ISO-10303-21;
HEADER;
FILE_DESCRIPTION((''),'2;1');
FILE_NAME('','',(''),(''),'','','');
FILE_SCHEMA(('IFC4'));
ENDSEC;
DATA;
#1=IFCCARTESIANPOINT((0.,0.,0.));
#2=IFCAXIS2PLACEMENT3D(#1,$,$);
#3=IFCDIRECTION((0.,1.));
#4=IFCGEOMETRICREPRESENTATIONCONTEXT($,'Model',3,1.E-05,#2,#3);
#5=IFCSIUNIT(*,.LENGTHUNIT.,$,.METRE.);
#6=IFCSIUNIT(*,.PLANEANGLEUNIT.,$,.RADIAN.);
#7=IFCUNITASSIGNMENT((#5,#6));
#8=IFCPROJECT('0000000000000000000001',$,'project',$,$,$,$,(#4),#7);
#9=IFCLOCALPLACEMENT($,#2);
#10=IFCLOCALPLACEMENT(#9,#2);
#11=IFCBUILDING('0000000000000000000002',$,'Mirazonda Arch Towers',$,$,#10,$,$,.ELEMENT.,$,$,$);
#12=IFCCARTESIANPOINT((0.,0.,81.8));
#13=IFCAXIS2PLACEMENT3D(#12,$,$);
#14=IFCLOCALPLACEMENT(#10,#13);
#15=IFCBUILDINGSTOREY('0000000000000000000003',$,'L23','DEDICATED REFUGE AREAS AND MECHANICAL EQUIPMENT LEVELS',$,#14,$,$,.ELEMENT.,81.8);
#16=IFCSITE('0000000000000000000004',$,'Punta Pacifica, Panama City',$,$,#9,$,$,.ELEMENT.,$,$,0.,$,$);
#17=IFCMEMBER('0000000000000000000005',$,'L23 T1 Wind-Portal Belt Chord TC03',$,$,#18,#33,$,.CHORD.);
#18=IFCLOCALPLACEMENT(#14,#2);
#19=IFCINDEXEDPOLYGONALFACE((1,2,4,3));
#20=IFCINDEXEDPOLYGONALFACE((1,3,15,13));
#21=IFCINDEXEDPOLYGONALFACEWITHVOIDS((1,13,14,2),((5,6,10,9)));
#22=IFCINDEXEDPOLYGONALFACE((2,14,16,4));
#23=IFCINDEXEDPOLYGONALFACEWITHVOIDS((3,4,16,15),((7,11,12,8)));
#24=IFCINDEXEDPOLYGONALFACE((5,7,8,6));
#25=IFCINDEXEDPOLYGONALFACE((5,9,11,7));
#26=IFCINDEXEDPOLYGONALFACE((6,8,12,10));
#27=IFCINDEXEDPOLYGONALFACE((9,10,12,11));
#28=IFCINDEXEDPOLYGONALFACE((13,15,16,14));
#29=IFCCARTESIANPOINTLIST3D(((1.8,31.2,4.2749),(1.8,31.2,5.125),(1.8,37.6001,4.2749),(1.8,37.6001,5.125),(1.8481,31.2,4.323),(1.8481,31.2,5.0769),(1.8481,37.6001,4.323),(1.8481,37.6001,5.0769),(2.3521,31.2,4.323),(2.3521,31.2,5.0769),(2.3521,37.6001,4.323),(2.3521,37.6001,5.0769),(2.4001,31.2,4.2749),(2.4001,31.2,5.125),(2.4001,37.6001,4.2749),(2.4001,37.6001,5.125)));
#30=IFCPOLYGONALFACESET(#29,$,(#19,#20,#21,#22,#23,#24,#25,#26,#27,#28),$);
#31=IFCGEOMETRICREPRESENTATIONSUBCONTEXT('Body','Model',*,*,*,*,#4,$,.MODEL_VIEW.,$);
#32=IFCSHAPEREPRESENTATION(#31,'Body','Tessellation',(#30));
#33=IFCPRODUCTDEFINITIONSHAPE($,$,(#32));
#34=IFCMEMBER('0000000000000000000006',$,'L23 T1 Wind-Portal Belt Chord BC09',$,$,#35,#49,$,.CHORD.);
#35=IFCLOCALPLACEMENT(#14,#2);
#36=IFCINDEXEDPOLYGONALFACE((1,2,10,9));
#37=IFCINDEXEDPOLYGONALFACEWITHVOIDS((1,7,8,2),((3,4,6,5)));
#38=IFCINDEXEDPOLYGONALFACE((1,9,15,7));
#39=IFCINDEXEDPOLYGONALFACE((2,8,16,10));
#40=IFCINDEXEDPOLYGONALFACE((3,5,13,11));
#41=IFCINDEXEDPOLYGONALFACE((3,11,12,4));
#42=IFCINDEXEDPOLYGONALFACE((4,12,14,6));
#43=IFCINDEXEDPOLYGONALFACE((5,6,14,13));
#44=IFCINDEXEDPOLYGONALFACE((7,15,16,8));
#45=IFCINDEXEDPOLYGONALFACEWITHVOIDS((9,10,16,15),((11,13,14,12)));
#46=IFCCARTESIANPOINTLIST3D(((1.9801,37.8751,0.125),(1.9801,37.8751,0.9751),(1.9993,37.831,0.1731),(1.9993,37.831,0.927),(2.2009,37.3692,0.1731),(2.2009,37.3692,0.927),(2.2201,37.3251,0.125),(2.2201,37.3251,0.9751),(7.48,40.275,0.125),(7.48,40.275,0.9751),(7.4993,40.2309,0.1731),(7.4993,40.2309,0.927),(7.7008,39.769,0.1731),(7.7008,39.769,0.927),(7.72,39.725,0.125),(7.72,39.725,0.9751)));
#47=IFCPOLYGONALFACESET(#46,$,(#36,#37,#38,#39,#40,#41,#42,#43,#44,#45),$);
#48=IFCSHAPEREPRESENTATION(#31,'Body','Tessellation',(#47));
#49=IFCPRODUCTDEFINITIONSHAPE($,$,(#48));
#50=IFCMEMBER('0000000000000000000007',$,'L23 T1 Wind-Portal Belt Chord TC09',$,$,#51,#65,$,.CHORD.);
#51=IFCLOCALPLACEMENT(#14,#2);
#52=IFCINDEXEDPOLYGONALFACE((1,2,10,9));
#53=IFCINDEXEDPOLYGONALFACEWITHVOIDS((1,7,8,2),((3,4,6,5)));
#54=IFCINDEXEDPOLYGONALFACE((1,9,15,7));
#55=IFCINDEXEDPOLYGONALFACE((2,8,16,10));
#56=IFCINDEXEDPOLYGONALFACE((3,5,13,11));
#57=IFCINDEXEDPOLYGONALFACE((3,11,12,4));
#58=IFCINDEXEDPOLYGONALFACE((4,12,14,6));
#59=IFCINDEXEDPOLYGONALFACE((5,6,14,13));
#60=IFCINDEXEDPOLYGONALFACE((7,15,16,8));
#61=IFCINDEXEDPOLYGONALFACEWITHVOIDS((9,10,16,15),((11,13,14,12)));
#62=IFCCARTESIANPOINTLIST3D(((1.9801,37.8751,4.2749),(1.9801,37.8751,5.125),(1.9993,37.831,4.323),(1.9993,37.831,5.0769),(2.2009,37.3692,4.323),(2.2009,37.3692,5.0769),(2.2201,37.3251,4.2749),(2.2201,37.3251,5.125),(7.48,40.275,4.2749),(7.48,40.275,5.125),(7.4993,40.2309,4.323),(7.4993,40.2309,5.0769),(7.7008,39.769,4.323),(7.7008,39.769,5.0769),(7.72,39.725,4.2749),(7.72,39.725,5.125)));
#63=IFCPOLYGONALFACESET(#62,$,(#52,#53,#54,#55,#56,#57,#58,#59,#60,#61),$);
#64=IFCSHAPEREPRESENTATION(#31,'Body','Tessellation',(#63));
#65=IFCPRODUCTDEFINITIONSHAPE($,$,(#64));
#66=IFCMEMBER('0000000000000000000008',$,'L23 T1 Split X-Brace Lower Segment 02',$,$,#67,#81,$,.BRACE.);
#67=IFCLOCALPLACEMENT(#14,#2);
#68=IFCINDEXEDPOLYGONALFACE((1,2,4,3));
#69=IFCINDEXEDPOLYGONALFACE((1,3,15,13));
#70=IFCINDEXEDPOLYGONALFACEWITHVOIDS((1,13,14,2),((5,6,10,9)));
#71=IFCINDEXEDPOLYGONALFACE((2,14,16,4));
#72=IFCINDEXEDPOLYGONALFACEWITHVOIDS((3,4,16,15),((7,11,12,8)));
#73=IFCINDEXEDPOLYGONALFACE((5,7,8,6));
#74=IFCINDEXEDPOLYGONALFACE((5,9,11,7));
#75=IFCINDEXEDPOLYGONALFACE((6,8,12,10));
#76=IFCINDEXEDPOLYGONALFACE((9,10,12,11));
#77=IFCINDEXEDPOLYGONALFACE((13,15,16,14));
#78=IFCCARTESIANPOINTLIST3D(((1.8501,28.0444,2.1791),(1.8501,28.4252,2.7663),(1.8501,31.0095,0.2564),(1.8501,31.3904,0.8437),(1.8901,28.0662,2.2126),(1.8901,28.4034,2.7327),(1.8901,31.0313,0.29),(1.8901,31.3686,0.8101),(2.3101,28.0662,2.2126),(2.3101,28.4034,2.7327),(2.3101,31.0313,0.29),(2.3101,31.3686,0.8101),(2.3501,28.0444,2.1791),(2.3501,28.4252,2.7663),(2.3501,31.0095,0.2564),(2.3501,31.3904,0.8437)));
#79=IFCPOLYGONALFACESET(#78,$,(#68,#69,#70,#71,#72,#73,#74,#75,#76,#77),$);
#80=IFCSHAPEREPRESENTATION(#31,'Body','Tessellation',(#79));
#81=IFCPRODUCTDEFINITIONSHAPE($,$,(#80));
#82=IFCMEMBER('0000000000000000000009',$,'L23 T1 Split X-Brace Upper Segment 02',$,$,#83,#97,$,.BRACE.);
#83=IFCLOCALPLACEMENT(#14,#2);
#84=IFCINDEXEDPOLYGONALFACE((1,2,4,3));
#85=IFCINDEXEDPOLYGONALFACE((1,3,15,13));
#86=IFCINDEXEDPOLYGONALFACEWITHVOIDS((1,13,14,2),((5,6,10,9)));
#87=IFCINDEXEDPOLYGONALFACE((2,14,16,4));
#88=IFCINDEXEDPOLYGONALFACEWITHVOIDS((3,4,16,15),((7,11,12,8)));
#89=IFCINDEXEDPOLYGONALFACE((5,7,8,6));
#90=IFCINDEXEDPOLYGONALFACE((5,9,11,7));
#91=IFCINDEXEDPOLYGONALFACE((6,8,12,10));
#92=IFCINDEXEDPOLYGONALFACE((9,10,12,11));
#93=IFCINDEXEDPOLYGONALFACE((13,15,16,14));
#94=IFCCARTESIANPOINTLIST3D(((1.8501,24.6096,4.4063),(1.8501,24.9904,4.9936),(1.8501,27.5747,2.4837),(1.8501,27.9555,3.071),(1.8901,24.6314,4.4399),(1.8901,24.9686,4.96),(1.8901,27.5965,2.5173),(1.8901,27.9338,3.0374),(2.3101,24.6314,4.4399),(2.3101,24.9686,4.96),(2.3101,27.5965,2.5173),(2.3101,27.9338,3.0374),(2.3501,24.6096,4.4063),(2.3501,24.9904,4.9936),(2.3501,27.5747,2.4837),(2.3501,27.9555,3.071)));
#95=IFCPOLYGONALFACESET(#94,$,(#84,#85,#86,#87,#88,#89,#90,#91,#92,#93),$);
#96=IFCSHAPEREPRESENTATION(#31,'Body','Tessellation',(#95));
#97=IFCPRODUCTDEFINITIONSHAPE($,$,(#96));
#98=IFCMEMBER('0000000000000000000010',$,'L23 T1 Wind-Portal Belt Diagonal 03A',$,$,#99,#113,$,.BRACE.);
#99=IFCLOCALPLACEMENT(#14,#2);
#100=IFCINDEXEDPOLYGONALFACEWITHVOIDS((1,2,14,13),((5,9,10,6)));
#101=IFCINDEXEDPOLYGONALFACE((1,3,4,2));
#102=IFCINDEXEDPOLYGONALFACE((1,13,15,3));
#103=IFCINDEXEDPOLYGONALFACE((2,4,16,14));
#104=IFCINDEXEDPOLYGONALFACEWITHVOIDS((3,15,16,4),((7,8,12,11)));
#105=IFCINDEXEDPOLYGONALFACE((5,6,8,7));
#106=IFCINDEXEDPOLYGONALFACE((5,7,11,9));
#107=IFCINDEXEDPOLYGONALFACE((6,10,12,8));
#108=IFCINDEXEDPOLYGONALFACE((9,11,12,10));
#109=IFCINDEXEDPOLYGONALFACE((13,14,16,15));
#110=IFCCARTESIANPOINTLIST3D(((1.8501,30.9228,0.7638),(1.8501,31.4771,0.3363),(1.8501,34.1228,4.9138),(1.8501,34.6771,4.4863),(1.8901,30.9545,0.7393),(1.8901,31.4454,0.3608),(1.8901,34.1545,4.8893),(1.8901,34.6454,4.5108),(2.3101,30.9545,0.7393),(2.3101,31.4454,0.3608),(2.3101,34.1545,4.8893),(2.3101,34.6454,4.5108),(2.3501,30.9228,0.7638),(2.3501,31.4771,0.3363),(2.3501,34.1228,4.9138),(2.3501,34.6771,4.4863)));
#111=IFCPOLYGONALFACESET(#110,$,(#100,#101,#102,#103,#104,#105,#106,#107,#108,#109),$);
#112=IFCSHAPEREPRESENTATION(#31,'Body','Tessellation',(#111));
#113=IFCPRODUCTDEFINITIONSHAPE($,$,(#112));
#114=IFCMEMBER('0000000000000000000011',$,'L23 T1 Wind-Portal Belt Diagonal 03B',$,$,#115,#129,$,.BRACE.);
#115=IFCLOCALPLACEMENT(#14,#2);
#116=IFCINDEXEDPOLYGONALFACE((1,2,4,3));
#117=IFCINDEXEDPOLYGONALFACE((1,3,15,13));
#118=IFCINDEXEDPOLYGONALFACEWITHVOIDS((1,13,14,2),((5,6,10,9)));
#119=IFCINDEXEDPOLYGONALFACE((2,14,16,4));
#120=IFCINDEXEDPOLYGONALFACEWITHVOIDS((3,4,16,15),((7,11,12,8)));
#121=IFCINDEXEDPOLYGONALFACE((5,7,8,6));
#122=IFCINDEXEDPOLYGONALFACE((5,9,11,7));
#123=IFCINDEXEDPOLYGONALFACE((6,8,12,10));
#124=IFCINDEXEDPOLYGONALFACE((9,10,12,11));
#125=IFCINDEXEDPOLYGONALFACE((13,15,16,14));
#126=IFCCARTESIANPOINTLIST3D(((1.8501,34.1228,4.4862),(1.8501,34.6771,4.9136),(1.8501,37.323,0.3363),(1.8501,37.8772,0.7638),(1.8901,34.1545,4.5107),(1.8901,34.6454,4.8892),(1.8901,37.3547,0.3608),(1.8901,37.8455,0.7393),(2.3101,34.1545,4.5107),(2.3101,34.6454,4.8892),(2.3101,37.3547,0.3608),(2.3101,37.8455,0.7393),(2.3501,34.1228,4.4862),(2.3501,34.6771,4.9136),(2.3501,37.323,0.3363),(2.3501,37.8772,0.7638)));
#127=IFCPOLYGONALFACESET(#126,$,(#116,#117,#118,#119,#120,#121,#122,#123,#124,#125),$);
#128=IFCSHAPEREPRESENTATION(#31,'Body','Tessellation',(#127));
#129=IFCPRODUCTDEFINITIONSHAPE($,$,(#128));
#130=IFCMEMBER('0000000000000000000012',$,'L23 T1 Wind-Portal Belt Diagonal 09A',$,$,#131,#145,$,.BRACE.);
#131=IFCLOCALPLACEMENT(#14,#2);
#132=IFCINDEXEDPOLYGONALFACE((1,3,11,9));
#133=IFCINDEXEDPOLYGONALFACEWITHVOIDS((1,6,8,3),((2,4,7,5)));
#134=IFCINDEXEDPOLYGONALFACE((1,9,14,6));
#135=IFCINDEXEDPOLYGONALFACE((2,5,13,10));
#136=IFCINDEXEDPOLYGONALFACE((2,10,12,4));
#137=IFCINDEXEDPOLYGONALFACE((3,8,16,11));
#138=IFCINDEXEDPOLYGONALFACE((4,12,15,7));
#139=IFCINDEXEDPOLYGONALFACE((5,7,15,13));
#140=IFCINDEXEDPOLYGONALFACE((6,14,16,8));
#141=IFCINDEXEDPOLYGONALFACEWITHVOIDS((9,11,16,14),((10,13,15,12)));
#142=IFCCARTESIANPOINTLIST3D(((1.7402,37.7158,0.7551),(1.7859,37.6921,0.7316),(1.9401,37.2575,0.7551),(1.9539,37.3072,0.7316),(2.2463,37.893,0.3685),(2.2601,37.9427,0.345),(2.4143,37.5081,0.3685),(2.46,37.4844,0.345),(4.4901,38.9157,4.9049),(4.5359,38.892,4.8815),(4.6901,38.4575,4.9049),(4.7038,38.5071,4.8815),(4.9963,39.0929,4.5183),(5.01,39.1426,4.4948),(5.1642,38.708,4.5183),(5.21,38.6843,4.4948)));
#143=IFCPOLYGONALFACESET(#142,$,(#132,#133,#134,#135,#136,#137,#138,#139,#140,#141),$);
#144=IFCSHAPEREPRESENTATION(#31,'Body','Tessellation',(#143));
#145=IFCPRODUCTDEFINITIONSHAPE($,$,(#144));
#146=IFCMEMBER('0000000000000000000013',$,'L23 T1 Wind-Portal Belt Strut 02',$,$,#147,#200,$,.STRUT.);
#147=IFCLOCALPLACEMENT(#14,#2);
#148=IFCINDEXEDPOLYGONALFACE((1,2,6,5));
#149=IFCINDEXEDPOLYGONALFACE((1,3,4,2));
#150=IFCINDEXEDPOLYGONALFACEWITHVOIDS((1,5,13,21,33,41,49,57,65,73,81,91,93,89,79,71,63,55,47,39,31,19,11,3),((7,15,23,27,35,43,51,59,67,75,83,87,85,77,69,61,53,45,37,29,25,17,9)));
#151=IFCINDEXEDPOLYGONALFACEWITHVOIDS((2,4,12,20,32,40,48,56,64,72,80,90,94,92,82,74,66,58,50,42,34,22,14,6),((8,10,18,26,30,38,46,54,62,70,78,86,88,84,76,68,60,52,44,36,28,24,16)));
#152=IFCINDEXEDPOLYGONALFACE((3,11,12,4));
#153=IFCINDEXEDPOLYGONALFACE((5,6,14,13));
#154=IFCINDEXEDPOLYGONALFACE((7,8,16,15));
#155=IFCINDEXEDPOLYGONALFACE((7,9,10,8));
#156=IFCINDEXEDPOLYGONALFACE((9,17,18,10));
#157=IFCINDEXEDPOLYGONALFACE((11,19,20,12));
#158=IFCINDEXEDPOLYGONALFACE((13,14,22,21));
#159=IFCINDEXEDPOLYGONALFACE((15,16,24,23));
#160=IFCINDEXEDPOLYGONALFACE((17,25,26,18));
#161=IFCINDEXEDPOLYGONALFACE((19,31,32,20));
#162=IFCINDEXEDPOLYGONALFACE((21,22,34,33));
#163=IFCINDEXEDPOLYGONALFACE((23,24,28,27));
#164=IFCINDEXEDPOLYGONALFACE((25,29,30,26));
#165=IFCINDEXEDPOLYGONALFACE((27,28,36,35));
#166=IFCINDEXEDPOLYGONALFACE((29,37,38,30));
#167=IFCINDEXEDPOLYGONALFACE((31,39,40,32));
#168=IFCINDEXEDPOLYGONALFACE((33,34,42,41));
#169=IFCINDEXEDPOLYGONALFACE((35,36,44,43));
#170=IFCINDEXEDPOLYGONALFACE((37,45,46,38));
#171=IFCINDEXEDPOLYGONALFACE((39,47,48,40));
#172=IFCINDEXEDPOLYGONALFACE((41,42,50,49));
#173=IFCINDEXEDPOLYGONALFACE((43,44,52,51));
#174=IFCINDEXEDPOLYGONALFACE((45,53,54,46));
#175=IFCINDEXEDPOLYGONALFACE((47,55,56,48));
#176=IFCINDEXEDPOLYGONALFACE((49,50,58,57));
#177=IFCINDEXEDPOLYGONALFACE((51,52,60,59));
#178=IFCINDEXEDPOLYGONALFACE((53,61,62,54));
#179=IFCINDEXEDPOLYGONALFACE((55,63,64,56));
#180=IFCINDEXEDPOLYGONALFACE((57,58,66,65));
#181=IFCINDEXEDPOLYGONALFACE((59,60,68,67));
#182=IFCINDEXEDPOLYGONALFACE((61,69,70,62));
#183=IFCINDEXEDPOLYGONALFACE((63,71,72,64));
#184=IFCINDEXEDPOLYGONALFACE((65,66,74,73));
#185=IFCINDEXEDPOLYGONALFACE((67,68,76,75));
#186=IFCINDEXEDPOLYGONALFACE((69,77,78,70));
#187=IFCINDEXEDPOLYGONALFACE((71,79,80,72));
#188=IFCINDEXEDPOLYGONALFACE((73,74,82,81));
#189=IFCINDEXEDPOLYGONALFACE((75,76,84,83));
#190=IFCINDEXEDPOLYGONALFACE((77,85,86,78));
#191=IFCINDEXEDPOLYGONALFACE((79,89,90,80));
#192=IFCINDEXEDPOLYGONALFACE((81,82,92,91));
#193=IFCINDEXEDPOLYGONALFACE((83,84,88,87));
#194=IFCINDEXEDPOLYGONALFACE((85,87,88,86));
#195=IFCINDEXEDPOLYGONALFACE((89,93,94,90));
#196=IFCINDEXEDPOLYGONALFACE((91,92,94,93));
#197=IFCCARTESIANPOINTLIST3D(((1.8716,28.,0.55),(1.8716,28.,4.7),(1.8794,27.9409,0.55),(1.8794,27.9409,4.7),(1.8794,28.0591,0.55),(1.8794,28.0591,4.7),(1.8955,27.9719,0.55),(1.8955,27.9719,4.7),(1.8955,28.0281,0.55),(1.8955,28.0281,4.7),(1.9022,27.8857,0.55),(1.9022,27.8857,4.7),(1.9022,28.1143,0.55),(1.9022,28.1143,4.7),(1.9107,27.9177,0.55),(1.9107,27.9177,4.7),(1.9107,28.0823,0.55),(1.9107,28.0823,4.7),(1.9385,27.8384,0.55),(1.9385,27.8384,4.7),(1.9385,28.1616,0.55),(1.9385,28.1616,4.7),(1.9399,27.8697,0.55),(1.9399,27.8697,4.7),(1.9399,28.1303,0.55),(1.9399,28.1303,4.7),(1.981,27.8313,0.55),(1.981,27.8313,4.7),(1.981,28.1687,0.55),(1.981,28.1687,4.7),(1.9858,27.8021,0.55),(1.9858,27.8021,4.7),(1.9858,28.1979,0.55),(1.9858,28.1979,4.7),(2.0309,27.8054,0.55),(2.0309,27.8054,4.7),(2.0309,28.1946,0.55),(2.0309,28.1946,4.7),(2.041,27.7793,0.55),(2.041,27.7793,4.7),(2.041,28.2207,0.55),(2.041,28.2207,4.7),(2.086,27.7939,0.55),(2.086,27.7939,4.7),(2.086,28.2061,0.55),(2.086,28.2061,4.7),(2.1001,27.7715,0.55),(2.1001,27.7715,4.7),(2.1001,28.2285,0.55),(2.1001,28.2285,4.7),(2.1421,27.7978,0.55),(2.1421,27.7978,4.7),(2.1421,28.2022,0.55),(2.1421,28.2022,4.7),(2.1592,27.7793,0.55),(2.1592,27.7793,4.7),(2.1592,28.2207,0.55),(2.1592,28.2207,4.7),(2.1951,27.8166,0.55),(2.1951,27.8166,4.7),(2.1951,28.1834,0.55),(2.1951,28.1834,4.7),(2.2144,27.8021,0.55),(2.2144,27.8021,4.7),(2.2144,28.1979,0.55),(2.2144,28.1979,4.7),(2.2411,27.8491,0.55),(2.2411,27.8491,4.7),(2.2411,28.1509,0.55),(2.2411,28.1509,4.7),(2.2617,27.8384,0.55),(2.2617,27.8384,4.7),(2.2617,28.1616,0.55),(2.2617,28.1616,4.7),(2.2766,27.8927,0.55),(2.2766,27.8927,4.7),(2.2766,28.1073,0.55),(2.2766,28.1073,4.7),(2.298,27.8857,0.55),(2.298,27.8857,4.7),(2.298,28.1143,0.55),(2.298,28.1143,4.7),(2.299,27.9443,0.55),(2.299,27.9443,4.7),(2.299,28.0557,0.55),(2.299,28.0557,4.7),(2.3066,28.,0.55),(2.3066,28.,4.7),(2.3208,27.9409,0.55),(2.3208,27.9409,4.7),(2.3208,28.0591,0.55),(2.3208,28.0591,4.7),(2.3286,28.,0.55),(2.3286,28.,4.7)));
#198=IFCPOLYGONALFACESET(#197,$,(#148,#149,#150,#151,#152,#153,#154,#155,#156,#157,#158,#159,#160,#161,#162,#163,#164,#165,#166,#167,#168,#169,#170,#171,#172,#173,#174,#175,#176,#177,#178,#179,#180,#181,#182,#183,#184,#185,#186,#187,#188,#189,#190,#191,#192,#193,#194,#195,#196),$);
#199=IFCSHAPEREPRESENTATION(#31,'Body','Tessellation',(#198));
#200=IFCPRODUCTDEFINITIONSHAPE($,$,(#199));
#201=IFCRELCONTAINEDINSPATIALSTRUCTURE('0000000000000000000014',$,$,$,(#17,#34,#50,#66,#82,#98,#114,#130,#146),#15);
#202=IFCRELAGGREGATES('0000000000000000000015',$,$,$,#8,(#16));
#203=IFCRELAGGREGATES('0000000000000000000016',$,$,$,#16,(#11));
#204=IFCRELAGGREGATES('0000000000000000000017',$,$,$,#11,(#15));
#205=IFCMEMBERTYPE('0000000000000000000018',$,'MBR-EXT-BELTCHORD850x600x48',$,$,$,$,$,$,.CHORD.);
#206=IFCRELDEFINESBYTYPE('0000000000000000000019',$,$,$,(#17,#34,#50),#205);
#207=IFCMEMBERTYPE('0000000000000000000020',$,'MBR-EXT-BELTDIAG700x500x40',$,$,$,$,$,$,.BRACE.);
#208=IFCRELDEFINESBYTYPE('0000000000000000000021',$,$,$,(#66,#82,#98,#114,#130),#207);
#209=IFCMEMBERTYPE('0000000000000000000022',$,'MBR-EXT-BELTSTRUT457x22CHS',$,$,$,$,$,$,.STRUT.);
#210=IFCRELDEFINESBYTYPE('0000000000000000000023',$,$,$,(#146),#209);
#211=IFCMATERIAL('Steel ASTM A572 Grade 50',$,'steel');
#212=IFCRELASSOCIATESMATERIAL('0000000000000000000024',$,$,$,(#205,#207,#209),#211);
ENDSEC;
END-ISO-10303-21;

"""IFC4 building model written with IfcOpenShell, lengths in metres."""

from ifc_helpers import new_model, si_unit, direction, frame, origin, origin_2d, place, context, subcontext, project, spatial, hollow_rectangle, hollow_circle, extrude, material, material_profile, profile_set, type_object, element, save


model = new_model("IFC4")

# Units and contexts
model_context = context("Model", 3, precision=1e-05, world=origin(), true_north=direction((0.0, 1.0)))
body_context = subcontext(model_context, "Body", "Model", "MODEL_VIEW")
ifc_project = project(units=[si_unit("LENGTHUNIT", "METRE"), si_unit("PLANEANGLEUNIT", "RADIAN")], contexts=[model_context])

# Site, building, storey
site_placement = place(None, origin())
site = spatial("IfcSite", under=ifc_project, at=site_placement, Name="Punta Pacifica, Panama City", CompositionType="ELEMENT", RefElevation=0.0)
building_placement = place(site_placement, origin())
building = spatial("IfcBuilding", under=site, at=building_placement, Name="Mirazonda Arch Towers", CompositionType="ELEMENT")
storey_placement = place(building_placement, frame((0.0, 0.0, 81.8)))
storey = spatial("IfcBuildingStorey", under=building, at=storey_placement, Name="L23", Description="DEDICATED REFUGE AREAS AND MECHANICAL EQUIPMENT LEVELS", CompositionType="ELEMENT", Elevation=81.8)

# Shared definitions
ifc_material_1 = material(Name="Steel ASTM A572 Grade 50", Category="steel")

# Members
ifc_material_profile_1 = material_profile(ifc_material_1, hollow_rectangle(XDim=0.6001, YDim=0.8501, WallThickness=0.0481, at=origin_2d()), Name="BELTCHORD850x600x48")
ifc_profile_set_1 = profile_set([ifc_material_profile_1], Name="Steel ASTM A572 Grade 50")
member_type_1 = type_object("IfcMemberType", Name="MBR-EXT-BELTCHORD850x600x48", PredefinedType="CHORD", material=ifc_profile_set_1)
for number, where, z_axis, x_axis, name in (
    (1, (2.1001, 31.2, 4.7), (0.0, 1.0, 0.0), (-1.0, 0.0, 0.0), "L23 T1 Wind-Portal Belt Chord TC03"),
):
    element("IfcMember", number, at=place(storey_placement, frame(where, z_axis=z_axis, x_axis=x_axis)), inside=storey, type_object=member_type_1, Name=name, PredefinedType="CHORD", context=body_context, shape_type="SweptSolid", body=[
        extrude(hollow_rectangle(XDim=0.6001, YDim=0.8501, WallThickness=0.0481, at=origin_2d()), origin(), (0.0, 0.0, 1.0), 6.4001),
    ])
for number, where, z_axis, x_axis, name in (
    (2, (2.1001, 37.6001, 0.55), (0.916545, 0.399931, 0.0), (-0.399931, 0.916545, 0.0), "L23 T1 Wind-Portal Belt Chord BC09"),
    (3, (2.1001, 37.6001, 4.7), (0.916545, 0.399931, 0.0), (-0.399931, 0.916545, 0.0), "L23 T1 Wind-Portal Belt Chord TC09"),
):
    element("IfcMember", number, at=place(storey_placement, frame(where, z_axis=z_axis, x_axis=x_axis)), inside=storey, type_object=member_type_1, Name=name, PredefinedType="CHORD", context=body_context, shape_type="SweptSolid", body=[
        extrude(hollow_rectangle(XDim=0.6001, YDim=0.8501, WallThickness=0.0481, at=origin_2d()), origin(), (0.0, 0.0, 1.0), 6.0007),
    ])
ifc_material_profile_2 = material_profile(ifc_material_1, hollow_rectangle(XDim=0.5, YDim=0.7, WallThickness=0.04, at=origin_2d()), Name="BELTDIAG700x500x40")
ifc_profile_set_2 = profile_set([ifc_material_profile_2], Name="Steel ASTM A572 Grade 50")
member_type_2 = type_object("IfcMemberType", Name="MBR-EXT-BELTDIAG700x500x40", PredefinedType="BRACE", material=ifc_profile_set_2)
for number, where, z_axis, x_axis, name in (
    (4, (2.1001, 31.2, 0.55), (0.0, -0.839051, 0.544053), (1.0, 0.0, 0.0), "L23 T1 Split X-Brace Lower Segment 02"),
    (5, (2.1001, 27.7651, 2.7773), (0.0, -0.839051, 0.544053), (1.0, 0.0, 0.0), "L23 T1 Split X-Brace Upper Segment 02"),
):
    element("IfcMember", number, at=place(storey_placement, frame(where, z_axis=z_axis, x_axis=x_axis)), inside=storey, type_object=member_type_2, Name=name, PredefinedType="BRACE", context=body_context, shape_type="SweptSolid", body=[
        extrude(hollow_rectangle(XDim=0.5, YDim=0.7, WallThickness=0.04, at=origin_2d()), origin(), (0.0, 0.0, 1.0), 3.5339),
    ])
for number, where, z_axis, x_axis, name in (
    (6, (2.1001, 31.2, 0.55), (0.0, 0.610636, 0.791912), (-1.0, 0.0, 0.0), "L23 T1 Wind-Portal Belt Diagonal 03A"),
    (7, (2.1001, 37.6001, 0.55), (0.0, -0.610665, 0.791889), (1.0, 0.0, 0.0), "L23 T1 Wind-Portal Belt Diagonal 03B"),
):
    element("IfcMember", number, at=place(storey_placement, frame(where, z_axis=z_axis, x_axis=x_axis)), inside=storey, type_object=member_type_2, Name=name, PredefinedType="BRACE", context=body_context, shape_type="SweptSolid", body=[
        extrude(hollow_rectangle(XDim=0.5, YDim=0.7, WallThickness=0.04, at=origin_2d()), origin(), (0.0, 0.0, 1.0), 5.2405),
    ])
member_1_placement = place(storey_placement, frame((2.1001, 37.6001, 0.55), z_axis=(0.53701, 0.234322, 0.810378), x_axis=(-0.399931, 0.916545, 0.0)))
element("IfcMember", 8, at=member_1_placement, inside=storey, type_object=member_type_2, Name="L23 T1 Wind-Portal Belt Diagonal 09A", PredefinedType="BRACE", context=body_context, shape_type="SweptSolid", body=[
    extrude(hollow_rectangle(XDim=0.5, YDim=0.7, WallThickness=0.04, at=origin_2d()), origin(), (0.0, 0.0, 1.0), 5.1208),
])
ifc_material_profile_3 = material_profile(ifc_material_1, hollow_circle(Radius=0.2285, WallThickness=0.022, at=origin_2d()), Name="BELTSTRUT457x22CHS")
ifc_profile_set_3 = profile_set([ifc_material_profile_3], Name="Steel ASTM A572 Grade 50")
member_type_3 = type_object("IfcMemberType", Name="MBR-EXT-BELTSTRUT457x22CHS", PredefinedType="STRUT", material=ifc_profile_set_3)
for number, where, z_axis, x_axis, name in (
    (9, (2.1001, 28.0, 0.55), (0.0, 0.0, 1.0), (1.0, 0.0, 0.0), "L23 T1 Wind-Portal Belt Strut 02"),
):
    element("IfcMember", number, at=place(storey_placement, frame(where, z_axis=z_axis, x_axis=x_axis)), inside=storey, type_object=member_type_3, Name=name, PredefinedType="STRUT", context=body_context, shape_type="SweptSolid", body=[
        extrude(hollow_circle(Radius=0.2285, WallThickness=0.022, at=origin_2d()), origin(), (0.0, 0.0, 1.0), 4.1499),
    ])

save(model, "model.ifc")
